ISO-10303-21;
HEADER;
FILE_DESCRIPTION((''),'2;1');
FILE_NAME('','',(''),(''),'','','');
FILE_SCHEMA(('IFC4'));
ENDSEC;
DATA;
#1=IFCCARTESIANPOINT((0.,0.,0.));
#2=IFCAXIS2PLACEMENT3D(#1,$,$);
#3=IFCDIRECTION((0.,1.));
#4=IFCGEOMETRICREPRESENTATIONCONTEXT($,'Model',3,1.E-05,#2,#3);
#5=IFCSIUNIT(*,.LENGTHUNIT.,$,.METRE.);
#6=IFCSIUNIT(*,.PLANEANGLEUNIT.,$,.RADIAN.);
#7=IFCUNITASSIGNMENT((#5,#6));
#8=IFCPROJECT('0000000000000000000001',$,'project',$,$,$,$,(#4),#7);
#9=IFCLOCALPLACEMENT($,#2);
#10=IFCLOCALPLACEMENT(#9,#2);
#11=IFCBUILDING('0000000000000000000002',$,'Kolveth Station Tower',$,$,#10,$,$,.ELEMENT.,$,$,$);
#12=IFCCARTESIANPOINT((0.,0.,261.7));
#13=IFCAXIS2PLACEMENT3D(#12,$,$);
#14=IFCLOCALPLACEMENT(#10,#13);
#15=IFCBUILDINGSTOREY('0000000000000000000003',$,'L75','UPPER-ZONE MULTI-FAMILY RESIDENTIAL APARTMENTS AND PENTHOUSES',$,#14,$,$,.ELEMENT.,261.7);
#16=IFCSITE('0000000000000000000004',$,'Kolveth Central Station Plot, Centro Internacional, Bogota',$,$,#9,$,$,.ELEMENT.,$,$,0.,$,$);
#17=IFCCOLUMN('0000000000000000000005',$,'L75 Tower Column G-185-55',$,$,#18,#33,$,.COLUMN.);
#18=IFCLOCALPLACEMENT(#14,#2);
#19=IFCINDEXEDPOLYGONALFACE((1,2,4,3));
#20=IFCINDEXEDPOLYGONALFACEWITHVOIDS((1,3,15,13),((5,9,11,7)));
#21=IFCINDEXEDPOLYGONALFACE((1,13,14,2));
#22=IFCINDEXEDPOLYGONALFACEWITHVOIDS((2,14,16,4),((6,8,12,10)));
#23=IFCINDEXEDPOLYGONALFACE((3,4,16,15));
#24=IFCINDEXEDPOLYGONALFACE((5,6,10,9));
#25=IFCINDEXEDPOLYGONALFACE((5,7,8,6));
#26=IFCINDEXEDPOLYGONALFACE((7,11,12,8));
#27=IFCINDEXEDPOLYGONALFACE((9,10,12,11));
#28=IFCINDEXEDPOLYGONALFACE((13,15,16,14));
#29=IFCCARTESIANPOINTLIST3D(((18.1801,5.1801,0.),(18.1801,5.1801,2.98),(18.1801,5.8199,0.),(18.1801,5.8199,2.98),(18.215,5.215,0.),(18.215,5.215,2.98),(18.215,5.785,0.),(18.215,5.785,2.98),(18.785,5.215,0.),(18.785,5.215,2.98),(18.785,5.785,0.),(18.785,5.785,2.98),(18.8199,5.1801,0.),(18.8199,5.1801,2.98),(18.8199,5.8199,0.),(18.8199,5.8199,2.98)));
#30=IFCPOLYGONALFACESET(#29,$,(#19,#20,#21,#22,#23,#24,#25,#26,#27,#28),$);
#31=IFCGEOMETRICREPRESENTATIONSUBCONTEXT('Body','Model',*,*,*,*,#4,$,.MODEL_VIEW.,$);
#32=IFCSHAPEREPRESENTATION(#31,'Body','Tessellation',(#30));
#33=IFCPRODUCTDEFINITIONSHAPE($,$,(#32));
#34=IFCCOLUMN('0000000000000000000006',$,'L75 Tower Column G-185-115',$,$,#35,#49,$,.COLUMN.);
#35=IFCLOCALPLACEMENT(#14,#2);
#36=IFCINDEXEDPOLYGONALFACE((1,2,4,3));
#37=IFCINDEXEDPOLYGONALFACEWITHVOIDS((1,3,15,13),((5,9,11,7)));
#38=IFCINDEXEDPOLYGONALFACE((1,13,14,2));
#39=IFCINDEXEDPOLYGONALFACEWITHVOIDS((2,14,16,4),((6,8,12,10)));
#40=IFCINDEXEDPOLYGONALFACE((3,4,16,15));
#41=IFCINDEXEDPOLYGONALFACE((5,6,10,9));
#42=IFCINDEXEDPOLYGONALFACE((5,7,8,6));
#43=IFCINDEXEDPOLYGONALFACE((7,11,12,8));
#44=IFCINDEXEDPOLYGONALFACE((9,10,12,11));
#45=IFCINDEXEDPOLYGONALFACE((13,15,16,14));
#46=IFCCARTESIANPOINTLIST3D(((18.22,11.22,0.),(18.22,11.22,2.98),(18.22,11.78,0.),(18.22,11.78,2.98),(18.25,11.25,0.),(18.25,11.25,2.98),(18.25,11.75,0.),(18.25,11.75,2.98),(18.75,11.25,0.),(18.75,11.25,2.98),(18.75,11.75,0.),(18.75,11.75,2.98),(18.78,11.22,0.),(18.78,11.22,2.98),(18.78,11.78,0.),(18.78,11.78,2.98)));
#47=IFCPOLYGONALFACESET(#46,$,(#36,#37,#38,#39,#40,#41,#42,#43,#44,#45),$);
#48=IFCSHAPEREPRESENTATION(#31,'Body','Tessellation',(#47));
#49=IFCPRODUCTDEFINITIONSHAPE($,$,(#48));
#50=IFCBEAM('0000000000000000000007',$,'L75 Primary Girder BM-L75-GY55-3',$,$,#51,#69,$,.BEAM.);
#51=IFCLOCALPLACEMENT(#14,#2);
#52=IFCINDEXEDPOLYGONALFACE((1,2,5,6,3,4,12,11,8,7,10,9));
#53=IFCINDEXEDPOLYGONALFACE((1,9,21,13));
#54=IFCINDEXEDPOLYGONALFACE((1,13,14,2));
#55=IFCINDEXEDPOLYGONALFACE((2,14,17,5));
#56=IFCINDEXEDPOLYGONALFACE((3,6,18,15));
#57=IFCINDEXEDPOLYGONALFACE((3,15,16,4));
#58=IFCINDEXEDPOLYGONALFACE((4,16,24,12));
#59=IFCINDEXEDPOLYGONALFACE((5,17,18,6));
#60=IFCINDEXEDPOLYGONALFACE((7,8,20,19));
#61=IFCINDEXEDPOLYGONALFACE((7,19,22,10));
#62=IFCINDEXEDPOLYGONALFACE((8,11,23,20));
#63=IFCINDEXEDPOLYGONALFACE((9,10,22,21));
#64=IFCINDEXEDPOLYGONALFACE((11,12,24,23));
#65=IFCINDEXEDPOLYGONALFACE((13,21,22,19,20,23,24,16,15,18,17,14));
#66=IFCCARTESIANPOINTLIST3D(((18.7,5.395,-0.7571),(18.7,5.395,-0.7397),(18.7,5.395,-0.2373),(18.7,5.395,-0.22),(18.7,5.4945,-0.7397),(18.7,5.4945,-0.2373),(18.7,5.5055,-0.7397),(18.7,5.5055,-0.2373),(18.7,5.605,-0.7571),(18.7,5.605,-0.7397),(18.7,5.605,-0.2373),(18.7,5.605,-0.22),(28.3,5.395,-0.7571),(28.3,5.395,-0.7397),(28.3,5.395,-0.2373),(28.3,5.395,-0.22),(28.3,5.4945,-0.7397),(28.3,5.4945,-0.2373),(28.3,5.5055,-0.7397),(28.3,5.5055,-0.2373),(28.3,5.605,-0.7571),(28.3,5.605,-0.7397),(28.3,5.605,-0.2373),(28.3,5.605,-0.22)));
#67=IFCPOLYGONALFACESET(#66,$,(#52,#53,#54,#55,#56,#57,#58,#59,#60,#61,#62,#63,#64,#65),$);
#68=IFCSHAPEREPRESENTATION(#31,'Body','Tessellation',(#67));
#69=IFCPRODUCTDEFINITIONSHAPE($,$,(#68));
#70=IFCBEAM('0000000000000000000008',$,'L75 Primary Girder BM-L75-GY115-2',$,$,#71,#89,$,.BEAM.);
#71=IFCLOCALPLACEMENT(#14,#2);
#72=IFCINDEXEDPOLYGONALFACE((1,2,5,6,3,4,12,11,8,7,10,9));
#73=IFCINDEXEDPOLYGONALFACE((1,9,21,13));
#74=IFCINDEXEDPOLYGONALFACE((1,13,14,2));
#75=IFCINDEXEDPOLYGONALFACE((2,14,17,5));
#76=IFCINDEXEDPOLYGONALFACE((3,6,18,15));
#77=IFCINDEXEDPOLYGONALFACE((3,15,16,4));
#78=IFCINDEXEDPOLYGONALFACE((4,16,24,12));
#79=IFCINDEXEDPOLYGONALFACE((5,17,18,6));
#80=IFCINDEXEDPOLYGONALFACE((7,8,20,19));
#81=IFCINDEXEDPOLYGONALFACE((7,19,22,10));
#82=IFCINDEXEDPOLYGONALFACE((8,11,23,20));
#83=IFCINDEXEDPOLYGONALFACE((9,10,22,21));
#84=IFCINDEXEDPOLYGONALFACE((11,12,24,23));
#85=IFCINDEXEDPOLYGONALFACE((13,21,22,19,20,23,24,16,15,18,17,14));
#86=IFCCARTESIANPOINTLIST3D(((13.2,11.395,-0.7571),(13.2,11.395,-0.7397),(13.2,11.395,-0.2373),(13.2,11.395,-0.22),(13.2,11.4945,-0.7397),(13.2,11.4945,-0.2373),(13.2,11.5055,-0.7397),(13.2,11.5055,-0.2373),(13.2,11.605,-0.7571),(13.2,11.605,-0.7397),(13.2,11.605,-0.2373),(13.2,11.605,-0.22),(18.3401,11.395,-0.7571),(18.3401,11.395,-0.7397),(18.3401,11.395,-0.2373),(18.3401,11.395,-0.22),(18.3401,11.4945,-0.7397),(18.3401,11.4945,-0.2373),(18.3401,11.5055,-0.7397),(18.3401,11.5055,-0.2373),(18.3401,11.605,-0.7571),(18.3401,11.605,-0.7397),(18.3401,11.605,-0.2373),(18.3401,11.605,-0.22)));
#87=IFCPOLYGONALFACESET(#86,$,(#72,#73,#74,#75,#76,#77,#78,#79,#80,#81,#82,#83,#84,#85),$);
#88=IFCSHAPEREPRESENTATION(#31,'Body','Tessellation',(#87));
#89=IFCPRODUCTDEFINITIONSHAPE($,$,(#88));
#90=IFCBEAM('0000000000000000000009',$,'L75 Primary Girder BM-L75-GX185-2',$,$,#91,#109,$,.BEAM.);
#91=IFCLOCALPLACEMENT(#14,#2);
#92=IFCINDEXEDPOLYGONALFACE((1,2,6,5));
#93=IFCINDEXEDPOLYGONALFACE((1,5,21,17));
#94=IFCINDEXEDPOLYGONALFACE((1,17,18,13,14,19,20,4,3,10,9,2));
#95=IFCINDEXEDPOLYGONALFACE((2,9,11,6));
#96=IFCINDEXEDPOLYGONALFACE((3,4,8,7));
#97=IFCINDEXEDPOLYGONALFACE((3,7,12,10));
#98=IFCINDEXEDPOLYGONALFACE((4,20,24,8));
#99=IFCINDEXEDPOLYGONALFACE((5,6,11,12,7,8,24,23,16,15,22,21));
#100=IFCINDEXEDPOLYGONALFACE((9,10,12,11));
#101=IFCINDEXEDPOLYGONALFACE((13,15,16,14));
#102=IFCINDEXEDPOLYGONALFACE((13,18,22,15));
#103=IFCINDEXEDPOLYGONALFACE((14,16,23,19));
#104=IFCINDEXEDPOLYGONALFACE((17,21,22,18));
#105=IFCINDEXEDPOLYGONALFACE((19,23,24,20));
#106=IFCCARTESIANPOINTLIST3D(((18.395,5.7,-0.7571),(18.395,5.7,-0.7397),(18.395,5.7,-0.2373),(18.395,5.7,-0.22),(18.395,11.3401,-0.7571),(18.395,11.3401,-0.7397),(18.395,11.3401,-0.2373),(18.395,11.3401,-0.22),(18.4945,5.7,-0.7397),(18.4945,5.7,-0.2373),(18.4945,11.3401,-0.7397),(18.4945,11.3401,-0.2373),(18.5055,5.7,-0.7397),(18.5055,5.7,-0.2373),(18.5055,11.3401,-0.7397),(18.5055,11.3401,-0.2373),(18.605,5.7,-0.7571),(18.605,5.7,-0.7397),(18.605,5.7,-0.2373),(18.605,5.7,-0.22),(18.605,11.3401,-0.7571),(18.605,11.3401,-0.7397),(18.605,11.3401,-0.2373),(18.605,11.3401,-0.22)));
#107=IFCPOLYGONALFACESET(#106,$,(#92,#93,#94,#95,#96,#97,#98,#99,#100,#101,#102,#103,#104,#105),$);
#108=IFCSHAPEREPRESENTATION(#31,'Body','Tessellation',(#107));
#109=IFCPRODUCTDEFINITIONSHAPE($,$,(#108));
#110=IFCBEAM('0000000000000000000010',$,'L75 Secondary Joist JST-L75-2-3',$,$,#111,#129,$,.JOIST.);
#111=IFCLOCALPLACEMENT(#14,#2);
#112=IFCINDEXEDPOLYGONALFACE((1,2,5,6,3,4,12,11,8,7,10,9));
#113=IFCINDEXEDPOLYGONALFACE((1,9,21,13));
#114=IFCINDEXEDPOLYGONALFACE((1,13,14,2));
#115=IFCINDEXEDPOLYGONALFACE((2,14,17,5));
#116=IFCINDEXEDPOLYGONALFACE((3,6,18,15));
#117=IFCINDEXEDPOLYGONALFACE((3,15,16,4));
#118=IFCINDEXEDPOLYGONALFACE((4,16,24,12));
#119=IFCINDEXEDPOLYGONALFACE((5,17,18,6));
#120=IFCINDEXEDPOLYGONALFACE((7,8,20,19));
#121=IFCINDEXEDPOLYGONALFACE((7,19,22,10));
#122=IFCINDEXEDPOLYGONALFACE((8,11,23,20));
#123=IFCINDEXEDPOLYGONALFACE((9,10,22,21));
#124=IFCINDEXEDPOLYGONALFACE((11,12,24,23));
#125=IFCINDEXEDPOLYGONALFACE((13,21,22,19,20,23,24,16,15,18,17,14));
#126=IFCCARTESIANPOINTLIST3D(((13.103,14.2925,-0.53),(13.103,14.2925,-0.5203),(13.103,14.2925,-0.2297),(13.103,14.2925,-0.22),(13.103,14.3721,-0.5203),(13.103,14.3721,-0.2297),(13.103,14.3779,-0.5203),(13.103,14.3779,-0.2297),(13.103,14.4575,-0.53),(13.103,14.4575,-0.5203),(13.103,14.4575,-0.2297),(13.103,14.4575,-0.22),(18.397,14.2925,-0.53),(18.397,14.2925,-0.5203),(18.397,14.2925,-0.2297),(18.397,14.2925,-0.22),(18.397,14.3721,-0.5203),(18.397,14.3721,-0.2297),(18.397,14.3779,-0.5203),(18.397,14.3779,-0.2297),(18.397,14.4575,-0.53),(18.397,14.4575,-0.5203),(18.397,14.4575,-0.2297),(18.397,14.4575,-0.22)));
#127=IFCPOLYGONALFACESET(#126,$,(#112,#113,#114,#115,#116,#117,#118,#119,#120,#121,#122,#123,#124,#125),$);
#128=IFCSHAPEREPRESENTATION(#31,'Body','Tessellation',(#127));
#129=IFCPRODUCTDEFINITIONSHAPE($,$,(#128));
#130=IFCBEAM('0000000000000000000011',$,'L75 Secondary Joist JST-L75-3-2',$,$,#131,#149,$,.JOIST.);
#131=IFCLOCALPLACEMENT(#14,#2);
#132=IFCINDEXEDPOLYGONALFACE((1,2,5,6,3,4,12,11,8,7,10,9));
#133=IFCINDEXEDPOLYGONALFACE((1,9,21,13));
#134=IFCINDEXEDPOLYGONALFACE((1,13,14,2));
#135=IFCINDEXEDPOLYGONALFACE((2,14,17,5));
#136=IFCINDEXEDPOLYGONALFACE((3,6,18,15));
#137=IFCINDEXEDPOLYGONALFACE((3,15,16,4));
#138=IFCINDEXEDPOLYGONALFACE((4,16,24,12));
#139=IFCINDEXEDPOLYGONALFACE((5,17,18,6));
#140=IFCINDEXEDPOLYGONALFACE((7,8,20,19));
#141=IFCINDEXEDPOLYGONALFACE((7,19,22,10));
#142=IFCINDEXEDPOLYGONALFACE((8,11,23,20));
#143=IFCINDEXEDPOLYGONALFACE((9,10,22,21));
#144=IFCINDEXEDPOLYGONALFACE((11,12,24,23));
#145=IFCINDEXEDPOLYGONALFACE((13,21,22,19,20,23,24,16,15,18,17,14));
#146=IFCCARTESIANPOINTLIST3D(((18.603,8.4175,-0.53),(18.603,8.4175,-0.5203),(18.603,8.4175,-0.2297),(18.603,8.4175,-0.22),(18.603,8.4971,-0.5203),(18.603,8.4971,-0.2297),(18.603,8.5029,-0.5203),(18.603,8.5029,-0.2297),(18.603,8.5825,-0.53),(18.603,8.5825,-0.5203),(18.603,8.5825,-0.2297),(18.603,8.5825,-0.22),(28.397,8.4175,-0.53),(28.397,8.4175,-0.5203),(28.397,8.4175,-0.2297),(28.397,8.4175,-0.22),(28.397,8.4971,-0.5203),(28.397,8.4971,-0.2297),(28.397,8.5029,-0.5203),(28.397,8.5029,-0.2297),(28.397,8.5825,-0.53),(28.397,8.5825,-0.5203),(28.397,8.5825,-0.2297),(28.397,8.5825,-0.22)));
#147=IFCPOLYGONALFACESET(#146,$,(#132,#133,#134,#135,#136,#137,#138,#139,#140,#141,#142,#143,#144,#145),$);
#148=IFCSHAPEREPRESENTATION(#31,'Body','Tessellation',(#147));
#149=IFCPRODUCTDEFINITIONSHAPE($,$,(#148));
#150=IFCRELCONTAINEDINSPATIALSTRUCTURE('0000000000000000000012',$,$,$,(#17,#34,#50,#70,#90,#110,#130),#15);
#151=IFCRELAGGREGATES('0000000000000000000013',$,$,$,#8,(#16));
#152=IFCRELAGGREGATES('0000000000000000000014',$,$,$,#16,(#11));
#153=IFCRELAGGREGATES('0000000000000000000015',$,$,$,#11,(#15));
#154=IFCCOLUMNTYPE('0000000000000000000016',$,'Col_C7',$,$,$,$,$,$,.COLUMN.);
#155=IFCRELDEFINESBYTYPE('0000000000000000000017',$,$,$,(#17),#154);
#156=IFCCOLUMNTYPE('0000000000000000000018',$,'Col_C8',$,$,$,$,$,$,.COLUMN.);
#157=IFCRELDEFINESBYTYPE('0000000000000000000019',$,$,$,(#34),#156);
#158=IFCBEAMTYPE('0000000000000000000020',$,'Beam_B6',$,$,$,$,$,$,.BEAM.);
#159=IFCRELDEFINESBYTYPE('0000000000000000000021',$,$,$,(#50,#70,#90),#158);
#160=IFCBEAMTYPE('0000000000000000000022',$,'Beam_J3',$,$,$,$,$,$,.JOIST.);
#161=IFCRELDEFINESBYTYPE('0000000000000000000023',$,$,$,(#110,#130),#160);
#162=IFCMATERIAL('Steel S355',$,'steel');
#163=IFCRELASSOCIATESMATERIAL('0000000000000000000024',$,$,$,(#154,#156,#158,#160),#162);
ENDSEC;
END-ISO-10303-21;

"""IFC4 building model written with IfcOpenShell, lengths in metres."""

from ifc_helpers import new_model, si_unit, direction, frame, origin, origin_2d, place, context, subcontext, project, spatial, hollow_rectangle, i_section, extrude, source, transform, mapped, material, material_profile, profile_set, type_object, element, save


model = new_model("IFC4")

# Units and contexts
model_context = context("Model", 3, precision=1e-05, world=origin(), true_north=direction((0.0, 1.0)))
body_context = subcontext(model_context, "Body", "Model", "MODEL_VIEW")
ifc_project = project(units=[si_unit("LENGTHUNIT", "METRE"), si_unit("PLANEANGLEUNIT", "RADIAN")], contexts=[model_context])

# Site, building, storey
site_placement = place(None, origin())
site = spatial("IfcSite", under=ifc_project, at=site_placement, Name="Kolveth Central Station Plot, Centro Internacional, Bogota", CompositionType="ELEMENT", RefElevation=0.0)
building_placement = place(site_placement, origin())
building = spatial("IfcBuilding", under=site, at=building_placement, Name="Kolveth Station Tower", CompositionType="ELEMENT")
storey_placement = place(building_placement, frame((0.0, 0.0, 261.7)))
storey = spatial("IfcBuildingStorey", under=building, at=storey_placement, Name="L75", Description="UPPER-ZONE MULTI-FAMILY RESIDENTIAL APARTMENTS AND PENTHOUSES", CompositionType="ELEMENT", Elevation=261.7)

# Columns
ifc_material_1 = material(Name="Steel S355", Category="steel")
ifc_material_profile_1 = material_profile(ifc_material_1, hollow_rectangle(XDim=0.6399, YDim=0.6399, WallThickness=0.0349, at=origin_2d()), Name="BOX640x640x35")
ifc_profile_set_1 = profile_set([ifc_material_profile_1], Name="Steel S355")
column_type_1 = type_object("IfcColumnType", Name="Col_C7", PredefinedType="COLUMN", material=ifc_profile_set_1)
shared_shape_1 = source(origin(), body_context, "Body", "SweptSolid", [
    extrude(hollow_rectangle(XDim=0.6399, YDim=0.6399, WallThickness=0.0349, at=origin_2d()), origin(), (0.0, 0.0, 1.0), 2.98),
])
column_1_placement = place(storey_placement, frame((18.5, 5.5, 0.0), z_axis=(0.0, 0.0, 1.0), x_axis=(1.0, 0.0, 0.0)))
element("IfcColumn", 1, at=column_1_placement, inside=storey, type_object=column_type_1, Name="L75 Tower Column G-185-55", PredefinedType="COLUMN", context=body_context, shape_type="MappedRepresentation", body=[
    mapped(shared_shape_1, transform((0.0, 0.0, 0.0), x_axis=(1.0, 0.0, 0.0), y_axis=(0.0, 1.0, 0.0), z_axis=(0.0, 0.0, 1.0), scale=1.0)),
])
ifc_material_profile_2 = material_profile(ifc_material_1, hollow_rectangle(XDim=0.5601, YDim=0.5601, WallThickness=0.03, at=origin_2d()), Name="BOX560x560x30")
ifc_profile_set_2 = profile_set([ifc_material_profile_2], Name="Steel S355")
column_type_2 = type_object("IfcColumnType", Name="Col_C8", PredefinedType="COLUMN", material=ifc_profile_set_2)
shared_shape_2 = source(origin(), body_context, "Body", "SweptSolid", [
    extrude(hollow_rectangle(XDim=0.5601, YDim=0.5601, WallThickness=0.03, at=origin_2d()), origin(), (0.0, 0.0, 1.0), 2.98),
])
column_2_placement = place(storey_placement, frame((18.5, 11.5, 0.0), z_axis=(0.0, 0.0, 1.0), x_axis=(1.0, 0.0, 0.0)))
element("IfcColumn", 2, at=column_2_placement, inside=storey, type_object=column_type_2, Name="L75 Tower Column G-185-115", PredefinedType="COLUMN", context=body_context, shape_type="MappedRepresentation", body=[
    mapped(shared_shape_2, transform((0.0, 0.0, 0.0), x_axis=(1.0, 0.0, 0.0), y_axis=(0.0, 1.0, 0.0), z_axis=(0.0, 0.0, 1.0), scale=1.0)),
])

# Beams
ifc_material_profile_3 = material_profile(ifc_material_1, i_section(OverallWidth=0.21, OverallDepth=0.5371, WebThickness=0.011, FlangeThickness=0.0173, at=origin_2d()), Name="W530x101")
ifc_profile_set_3 = profile_set([ifc_material_profile_3], Name="Steel S355")
beam_type_1 = type_object("IfcBeamType", Name="Beam_B6", PredefinedType="BEAM", material=ifc_profile_set_3)
shared_shape_3 = source(origin(), body_context, "Body", "SweptSolid", [
    extrude(i_section(OverallWidth=0.21, OverallDepth=0.5371, WebThickness=0.011, FlangeThickness=0.0173, at=origin_2d()), origin(), (0.0, 0.0, 1.0), 9.6001),
])
beam_1_placement = place(storey_placement, frame((18.7, 5.5, -0.4885), z_axis=(1.0, 0.0, 0.0), x_axis=(0.0, 1.0, 0.0)))
element("IfcBeam", 3, at=beam_1_placement, inside=storey, type_object=beam_type_1, Name="L75 Primary Girder BM-L75-GY55-3", PredefinedType="BEAM", context=body_context, shape_type="MappedRepresentation", body=[
    mapped(shared_shape_3, transform((0.0, 0.0, 0.0), x_axis=(1.0, 0.0, 0.0), y_axis=(0.0, 1.0, 0.0), z_axis=(0.0, 0.0, 1.0), scale=1.0)),
])
shared_shape_4 = source(origin(), body_context, "Body", "SweptSolid", [
    extrude(i_section(OverallWidth=0.21, OverallDepth=0.5371, WebThickness=0.011, FlangeThickness=0.0173, at=origin_2d()), origin(), (0.0, 0.0, 1.0), 5.1401),
])
beam_2_placement = place(storey_placement, frame((13.2, 11.5, -0.4885), z_axis=(1.0, 0.0, 0.0), x_axis=(0.0, 1.0, 0.0)))
element("IfcBeam", 4, at=beam_2_placement, inside=storey, type_object=beam_type_1, Name="L75 Primary Girder BM-L75-GY115-2", PredefinedType="BEAM", context=body_context, shape_type="MappedRepresentation", body=[
    mapped(shared_shape_4, transform((0.0, 0.0, 0.0), x_axis=(1.0, 0.0, 0.0), y_axis=(0.0, 1.0, 0.0), z_axis=(0.0, 0.0, 1.0), scale=1.0)),
])
shared_shape_5 = source(origin(), body_context, "Body", "SweptSolid", [
    extrude(i_section(OverallWidth=0.21, OverallDepth=0.5371, WebThickness=0.011, FlangeThickness=0.0173, at=origin_2d()), origin(), (0.0, 0.0, 1.0), 5.6401),
])
beam_3_placement = place(storey_placement, frame((18.5, 5.7, -0.4885), z_axis=(0.0, 1.0, 0.0), x_axis=(-1.0, 0.0, 0.0)))
element("IfcBeam", 5, at=beam_3_placement, inside=storey, type_object=beam_type_1, Name="L75 Primary Girder BM-L75-GX185-2", PredefinedType="BEAM", context=body_context, shape_type="MappedRepresentation", body=[
    mapped(shared_shape_5, transform((0.0, 0.0, 0.0), x_axis=(1.0, 0.0, 0.0), y_axis=(0.0, 1.0, 0.0), z_axis=(0.0, 0.0, 1.0), scale=1.0)),
])
ifc_material_profile_4 = material_profile(ifc_material_1, i_section(OverallWidth=0.165, OverallDepth=0.3101, WebThickness=0.0059, FlangeThickness=0.0098, at=origin_2d()), Name="W310x39")
ifc_profile_set_4 = profile_set([ifc_material_profile_4], Name="Steel S355")
beam_type_2 = type_object("IfcBeamType", Name="Beam_J3", PredefinedType="JOIST", material=ifc_profile_set_4)
shared_shape_6 = source(origin(), body_context, "Body", "SweptSolid", [
    extrude(i_section(OverallWidth=0.165, OverallDepth=0.3101, WebThickness=0.0059, FlangeThickness=0.0098, at=origin_2d()), origin(), (0.0, 0.0, 1.0), 5.2939),
])
beam_4_placement = place(storey_placement, frame((13.103, 14.375, -0.375), z_axis=(1.0, 0.0, 0.0), x_axis=(0.0, 1.0, 0.0)))
element("IfcBeam", 6, at=beam_4_placement, inside=storey, type_object=beam_type_2, Name="L75 Secondary Joist JST-L75-2-3", PredefinedType="JOIST", context=body_context, shape_type="MappedRepresentation", body=[
    mapped(shared_shape_6, transform((0.0, 0.0, 0.0), x_axis=(1.0, 0.0, 0.0), y_axis=(0.0, 1.0, 0.0), z_axis=(0.0, 0.0, 1.0), scale=1.0)),
])
shared_shape_7 = source(origin(), body_context, "Body", "SweptSolid", [
    extrude(i_section(OverallWidth=0.165, OverallDepth=0.3101, WebThickness=0.0059, FlangeThickness=0.0098, at=origin_2d()), origin(), (0.0, 0.0, 1.0), 9.7939),
])
beam_5_placement = place(storey_placement, frame((18.603, 8.5, -0.375), z_axis=(1.0, 0.0, 0.0), x_axis=(0.0, 1.0, 0.0)))
element("IfcBeam", 7, at=beam_5_placement, inside=storey, type_object=beam_type_2, Name="L75 Secondary Joist JST-L75-3-2", PredefinedType="JOIST", context=body_context, shape_type="MappedRepresentation", body=[
    mapped(shared_shape_7, transform((0.0, 0.0, 0.0), x_axis=(1.0, 0.0, 0.0), y_axis=(0.0, 1.0, 0.0), z_axis=(0.0, 0.0, 1.0), scale=1.0)),
])

save(model, "model.ifc")
